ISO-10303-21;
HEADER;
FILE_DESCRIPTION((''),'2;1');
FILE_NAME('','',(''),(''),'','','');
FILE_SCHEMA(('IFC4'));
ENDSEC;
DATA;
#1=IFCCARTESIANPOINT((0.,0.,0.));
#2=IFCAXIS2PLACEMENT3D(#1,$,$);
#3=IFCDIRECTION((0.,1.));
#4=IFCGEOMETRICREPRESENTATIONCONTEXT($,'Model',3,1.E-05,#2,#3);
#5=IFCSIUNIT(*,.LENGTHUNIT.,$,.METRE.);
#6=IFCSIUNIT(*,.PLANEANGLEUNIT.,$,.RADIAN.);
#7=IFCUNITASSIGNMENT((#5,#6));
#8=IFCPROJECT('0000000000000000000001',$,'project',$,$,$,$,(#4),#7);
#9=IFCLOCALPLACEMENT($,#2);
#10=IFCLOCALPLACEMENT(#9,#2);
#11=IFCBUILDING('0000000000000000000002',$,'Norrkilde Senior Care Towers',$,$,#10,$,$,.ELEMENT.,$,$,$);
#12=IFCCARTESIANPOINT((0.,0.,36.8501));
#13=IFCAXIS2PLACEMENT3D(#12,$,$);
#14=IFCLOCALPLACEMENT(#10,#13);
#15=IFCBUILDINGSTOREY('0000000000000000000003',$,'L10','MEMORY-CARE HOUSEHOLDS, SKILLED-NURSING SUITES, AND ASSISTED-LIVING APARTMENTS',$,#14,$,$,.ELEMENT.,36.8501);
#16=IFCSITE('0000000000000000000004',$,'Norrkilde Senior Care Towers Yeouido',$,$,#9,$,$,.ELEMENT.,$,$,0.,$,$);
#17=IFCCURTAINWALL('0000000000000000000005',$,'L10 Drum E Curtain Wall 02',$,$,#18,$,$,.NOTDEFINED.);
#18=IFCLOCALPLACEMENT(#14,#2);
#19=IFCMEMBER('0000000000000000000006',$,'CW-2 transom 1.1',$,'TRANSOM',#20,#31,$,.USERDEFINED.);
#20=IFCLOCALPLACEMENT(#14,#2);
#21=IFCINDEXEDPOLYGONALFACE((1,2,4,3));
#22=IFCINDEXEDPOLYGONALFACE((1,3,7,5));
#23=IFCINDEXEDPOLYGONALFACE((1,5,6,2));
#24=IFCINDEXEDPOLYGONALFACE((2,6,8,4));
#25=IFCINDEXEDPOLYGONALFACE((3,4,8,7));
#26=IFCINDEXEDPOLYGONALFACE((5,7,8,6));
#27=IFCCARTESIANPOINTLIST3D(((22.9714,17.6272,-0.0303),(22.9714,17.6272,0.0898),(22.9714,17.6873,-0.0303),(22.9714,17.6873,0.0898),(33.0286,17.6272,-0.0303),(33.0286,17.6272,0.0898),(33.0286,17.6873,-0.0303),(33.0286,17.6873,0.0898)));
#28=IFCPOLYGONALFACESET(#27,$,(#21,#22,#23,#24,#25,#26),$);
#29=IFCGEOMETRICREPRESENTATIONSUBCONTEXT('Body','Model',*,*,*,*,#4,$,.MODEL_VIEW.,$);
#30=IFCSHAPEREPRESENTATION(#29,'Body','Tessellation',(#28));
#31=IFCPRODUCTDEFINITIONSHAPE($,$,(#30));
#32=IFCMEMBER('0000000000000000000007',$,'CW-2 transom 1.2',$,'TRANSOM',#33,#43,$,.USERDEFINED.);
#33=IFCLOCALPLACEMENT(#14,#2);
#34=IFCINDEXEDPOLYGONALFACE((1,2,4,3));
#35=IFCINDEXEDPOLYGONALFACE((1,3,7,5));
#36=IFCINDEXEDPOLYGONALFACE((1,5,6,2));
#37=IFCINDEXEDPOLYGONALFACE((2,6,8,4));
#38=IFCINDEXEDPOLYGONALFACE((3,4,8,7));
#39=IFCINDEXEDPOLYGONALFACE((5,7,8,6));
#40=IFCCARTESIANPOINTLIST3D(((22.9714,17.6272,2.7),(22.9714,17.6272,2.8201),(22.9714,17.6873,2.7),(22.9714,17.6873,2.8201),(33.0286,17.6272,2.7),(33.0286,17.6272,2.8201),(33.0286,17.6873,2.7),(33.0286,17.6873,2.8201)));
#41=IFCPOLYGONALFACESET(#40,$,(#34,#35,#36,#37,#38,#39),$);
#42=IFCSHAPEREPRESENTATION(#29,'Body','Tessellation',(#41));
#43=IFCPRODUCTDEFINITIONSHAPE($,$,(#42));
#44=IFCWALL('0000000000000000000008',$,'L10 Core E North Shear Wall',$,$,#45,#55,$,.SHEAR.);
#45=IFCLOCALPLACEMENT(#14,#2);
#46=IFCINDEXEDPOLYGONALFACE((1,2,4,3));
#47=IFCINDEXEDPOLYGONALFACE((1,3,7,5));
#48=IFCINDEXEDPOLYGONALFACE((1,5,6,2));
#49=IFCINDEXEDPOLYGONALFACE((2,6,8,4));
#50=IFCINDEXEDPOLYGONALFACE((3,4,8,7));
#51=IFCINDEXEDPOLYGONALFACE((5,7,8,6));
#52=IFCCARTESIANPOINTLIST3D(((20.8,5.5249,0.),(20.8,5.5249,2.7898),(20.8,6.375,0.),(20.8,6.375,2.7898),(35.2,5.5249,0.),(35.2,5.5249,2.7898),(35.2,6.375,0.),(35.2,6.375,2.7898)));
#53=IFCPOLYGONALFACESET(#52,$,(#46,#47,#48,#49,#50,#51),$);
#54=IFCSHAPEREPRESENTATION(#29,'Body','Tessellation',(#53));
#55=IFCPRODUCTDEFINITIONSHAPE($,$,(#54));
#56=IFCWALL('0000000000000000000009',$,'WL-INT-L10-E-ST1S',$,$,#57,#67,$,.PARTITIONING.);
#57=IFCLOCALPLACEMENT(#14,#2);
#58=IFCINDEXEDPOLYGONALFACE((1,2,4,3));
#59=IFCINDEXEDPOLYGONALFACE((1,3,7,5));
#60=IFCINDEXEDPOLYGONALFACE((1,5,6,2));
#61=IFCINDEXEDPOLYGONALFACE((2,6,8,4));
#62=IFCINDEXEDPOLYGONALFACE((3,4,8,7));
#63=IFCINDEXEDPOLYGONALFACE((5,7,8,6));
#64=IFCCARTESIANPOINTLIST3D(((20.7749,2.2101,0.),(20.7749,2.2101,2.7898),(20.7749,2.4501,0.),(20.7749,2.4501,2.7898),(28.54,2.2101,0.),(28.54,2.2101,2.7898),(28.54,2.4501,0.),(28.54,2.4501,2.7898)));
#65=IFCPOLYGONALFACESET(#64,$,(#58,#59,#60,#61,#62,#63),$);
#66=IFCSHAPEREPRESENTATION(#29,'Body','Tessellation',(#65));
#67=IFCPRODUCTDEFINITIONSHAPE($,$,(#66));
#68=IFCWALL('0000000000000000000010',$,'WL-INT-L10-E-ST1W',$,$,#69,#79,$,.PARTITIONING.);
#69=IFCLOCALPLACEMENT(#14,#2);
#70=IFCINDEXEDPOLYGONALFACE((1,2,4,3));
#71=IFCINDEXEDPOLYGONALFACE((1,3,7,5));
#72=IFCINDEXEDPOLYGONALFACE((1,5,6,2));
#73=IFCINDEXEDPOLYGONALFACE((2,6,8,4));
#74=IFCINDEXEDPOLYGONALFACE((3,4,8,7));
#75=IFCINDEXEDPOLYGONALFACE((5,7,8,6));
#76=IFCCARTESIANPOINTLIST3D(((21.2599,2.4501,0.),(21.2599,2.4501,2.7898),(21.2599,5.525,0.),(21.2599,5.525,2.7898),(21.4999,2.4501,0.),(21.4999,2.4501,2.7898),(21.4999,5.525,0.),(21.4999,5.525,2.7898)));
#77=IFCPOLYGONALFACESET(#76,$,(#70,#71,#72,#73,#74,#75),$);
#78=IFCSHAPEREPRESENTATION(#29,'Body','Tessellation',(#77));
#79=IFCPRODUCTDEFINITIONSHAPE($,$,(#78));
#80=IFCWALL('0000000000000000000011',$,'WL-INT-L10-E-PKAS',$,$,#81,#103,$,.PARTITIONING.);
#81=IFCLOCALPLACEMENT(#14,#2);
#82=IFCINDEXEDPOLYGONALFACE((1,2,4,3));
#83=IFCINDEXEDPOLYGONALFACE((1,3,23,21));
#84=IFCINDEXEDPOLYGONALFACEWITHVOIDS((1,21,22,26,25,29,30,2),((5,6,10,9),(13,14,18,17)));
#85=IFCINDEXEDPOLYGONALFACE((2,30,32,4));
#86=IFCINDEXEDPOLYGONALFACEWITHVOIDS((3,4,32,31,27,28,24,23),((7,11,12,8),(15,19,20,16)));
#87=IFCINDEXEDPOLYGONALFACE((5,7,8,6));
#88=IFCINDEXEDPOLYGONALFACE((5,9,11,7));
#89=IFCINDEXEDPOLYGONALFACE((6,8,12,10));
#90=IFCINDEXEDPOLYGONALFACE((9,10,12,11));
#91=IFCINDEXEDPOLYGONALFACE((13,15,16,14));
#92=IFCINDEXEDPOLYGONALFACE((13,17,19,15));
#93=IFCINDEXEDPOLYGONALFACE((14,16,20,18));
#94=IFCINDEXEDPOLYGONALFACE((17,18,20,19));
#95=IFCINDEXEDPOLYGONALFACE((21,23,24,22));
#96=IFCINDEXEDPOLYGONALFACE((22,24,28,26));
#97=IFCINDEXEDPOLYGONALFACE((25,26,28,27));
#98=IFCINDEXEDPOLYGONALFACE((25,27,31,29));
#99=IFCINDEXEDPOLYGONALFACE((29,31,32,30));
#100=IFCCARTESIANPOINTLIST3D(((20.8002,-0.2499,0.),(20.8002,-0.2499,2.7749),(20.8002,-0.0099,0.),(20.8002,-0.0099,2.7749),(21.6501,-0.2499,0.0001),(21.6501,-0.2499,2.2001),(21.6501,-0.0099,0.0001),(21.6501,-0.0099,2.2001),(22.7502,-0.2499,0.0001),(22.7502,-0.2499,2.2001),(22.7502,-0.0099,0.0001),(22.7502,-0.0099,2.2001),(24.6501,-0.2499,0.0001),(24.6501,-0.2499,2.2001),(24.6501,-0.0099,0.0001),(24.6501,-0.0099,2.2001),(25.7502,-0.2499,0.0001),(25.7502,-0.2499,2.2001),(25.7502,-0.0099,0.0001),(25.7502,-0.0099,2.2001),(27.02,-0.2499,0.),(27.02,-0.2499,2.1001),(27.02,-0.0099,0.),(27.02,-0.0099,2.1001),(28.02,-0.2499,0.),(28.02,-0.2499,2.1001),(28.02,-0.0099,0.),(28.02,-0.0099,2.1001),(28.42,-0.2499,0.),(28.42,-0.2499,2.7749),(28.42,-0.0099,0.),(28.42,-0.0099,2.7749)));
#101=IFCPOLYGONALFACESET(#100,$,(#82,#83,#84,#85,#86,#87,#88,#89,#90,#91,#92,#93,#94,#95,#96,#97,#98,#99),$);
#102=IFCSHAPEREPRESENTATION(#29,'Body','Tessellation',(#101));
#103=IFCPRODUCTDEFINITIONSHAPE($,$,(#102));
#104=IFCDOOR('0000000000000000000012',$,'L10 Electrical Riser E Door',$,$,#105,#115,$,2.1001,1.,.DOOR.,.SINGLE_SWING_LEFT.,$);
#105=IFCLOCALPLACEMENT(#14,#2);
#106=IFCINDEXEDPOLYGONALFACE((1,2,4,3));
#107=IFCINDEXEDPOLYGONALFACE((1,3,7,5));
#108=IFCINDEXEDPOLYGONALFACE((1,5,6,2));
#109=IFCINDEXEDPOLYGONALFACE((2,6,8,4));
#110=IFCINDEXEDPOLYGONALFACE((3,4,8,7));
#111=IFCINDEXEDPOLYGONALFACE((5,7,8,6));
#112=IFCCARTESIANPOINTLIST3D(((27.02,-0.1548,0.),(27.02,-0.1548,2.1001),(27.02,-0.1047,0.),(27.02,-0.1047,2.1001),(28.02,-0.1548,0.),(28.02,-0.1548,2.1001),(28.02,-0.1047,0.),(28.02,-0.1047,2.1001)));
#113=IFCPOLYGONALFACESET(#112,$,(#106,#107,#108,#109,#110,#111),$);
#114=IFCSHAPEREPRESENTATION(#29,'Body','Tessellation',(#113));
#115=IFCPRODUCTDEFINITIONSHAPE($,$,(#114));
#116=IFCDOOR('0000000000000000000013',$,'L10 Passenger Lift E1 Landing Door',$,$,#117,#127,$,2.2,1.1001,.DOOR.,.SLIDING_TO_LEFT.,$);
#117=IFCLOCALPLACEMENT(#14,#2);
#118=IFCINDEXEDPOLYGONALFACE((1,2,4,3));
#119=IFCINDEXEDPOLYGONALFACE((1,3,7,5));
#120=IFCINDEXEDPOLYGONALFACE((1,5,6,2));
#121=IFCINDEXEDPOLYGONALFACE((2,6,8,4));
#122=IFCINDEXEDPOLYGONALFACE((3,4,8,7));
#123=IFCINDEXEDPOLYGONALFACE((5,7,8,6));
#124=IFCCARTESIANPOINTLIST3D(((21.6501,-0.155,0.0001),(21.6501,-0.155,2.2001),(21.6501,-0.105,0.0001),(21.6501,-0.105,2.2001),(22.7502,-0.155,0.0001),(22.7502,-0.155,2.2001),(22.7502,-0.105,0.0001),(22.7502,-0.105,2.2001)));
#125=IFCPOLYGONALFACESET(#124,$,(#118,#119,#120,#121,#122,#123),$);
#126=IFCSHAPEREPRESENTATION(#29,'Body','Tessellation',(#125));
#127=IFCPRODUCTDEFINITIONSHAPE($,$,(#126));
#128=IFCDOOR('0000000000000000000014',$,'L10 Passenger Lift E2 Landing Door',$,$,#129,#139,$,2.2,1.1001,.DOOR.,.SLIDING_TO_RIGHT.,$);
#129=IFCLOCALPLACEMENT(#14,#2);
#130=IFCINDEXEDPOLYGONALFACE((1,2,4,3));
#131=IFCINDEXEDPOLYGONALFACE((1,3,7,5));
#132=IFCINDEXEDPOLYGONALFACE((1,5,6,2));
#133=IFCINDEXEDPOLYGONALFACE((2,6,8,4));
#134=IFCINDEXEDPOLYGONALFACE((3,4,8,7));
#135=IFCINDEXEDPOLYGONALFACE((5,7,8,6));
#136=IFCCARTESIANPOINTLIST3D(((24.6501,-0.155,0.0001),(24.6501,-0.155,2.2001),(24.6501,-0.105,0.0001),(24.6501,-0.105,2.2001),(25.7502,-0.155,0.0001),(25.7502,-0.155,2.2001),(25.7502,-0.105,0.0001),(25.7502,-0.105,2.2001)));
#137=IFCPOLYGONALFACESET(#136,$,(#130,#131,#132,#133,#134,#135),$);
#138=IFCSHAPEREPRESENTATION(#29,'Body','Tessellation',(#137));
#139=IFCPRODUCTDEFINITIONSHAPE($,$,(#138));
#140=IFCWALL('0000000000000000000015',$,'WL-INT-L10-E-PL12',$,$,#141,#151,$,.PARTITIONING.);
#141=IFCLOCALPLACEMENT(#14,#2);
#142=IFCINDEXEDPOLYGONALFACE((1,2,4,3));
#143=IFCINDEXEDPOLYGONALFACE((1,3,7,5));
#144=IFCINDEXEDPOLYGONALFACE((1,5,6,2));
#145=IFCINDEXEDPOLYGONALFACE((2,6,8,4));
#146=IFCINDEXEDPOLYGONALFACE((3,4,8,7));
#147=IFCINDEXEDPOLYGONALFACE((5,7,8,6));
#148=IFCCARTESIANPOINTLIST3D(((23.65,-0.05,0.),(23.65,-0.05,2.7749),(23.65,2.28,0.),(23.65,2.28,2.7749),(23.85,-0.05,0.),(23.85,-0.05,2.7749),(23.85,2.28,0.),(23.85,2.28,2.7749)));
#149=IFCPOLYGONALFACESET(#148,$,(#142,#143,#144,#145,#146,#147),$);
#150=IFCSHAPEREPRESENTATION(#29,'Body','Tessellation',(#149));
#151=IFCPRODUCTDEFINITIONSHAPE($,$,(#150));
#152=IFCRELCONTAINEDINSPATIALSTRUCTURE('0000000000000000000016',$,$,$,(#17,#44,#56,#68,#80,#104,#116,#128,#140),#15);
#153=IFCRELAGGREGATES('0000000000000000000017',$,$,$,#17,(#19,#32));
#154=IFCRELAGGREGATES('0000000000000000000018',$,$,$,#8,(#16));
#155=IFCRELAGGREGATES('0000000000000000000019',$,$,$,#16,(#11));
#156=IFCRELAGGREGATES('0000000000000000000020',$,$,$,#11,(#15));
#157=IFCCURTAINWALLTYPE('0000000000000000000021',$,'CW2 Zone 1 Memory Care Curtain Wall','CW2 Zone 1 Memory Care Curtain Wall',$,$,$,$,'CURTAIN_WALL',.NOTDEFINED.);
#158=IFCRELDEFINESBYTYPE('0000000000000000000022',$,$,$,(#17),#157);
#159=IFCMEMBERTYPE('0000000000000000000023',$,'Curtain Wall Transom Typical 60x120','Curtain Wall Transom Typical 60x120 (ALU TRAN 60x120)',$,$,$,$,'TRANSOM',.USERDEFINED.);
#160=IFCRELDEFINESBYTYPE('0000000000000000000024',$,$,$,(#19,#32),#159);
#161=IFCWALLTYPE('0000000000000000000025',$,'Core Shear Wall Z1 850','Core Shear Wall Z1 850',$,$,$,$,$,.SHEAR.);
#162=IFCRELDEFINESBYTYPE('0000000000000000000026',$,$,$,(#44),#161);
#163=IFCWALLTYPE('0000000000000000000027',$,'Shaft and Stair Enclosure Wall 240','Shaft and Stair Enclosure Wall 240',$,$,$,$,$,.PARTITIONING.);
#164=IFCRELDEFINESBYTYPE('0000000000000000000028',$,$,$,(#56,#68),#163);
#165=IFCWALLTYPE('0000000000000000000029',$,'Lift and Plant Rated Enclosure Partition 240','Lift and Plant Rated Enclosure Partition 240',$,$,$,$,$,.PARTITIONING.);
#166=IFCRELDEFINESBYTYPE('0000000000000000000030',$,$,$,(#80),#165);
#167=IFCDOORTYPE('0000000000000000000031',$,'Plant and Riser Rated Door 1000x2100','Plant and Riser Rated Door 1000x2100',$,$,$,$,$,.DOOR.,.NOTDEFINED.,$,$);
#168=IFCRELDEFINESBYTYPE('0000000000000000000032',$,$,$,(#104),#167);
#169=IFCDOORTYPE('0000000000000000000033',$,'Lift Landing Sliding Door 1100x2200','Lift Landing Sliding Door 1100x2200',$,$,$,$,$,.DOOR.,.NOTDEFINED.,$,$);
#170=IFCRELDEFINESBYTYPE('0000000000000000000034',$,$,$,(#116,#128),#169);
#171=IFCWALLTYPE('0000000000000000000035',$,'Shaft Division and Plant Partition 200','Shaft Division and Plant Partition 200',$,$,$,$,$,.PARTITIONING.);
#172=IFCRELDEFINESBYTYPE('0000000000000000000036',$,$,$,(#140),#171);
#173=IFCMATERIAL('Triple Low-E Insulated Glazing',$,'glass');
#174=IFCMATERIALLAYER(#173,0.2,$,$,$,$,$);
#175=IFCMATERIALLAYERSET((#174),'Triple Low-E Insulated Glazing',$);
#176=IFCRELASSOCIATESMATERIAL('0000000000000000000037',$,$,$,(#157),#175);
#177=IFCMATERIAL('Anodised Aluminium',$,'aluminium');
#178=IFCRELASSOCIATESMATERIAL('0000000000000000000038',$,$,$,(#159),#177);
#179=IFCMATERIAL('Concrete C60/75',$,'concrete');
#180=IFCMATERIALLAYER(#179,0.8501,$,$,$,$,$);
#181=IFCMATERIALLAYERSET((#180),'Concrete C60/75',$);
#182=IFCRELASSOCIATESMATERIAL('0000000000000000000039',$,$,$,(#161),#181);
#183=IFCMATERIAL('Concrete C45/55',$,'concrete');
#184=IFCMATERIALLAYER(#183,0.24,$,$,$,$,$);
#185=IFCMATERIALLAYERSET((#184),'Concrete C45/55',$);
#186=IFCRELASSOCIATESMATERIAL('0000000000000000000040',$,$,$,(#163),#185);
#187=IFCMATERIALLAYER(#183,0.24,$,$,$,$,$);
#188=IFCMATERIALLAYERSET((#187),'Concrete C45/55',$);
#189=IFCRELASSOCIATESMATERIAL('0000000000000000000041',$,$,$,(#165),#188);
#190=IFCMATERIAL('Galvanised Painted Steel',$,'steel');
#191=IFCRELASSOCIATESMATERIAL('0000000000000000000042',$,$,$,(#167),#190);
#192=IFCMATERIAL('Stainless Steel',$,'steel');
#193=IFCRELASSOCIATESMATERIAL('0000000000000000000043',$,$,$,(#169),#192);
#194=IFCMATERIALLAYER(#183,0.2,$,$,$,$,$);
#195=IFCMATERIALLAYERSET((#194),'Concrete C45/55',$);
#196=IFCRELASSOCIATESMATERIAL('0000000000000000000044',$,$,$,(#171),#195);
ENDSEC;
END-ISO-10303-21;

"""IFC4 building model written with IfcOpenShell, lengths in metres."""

from ifc_helpers import new_model, si_unit, direction, frame, frame_2d, origin, origin_2d, place, context, subcontext, project, spatial, rectangle, extrude, source, transform, mapped, material, layer, layer_set, material_profile, profile_set, type_object, type_shapes, element, fill, aggregate, save


model = new_model("IFC4")

# Units and contexts
model_context = context("Model", 3, precision=1e-05, world=origin(), true_north=direction((0.0, 1.0)))
body_context = subcontext(model_context, "Body", "Model", "MODEL_VIEW")
ifc_project = project(units=[si_unit("LENGTHUNIT", "METRE"), si_unit("PLANEANGLEUNIT", "RADIAN")], contexts=[model_context])

# Site, building, storey
site_placement = place(None, origin())
site = spatial("IfcSite", under=ifc_project, at=site_placement, Name="Norrkilde Senior Care Towers Yeouido", CompositionType="ELEMENT", RefElevation=0.0)
building_placement = place(site_placement, origin())
building = spatial("IfcBuilding", under=site, at=building_placement, Name="Norrkilde Senior Care Towers", CompositionType="ELEMENT")
storey_placement = place(building_placement, frame((0.0, 0.0, 36.8501)))
storey = spatial("IfcBuildingStorey", under=building, at=storey_placement, Name="L10", Description="MEMORY-CARE HOUSEHOLDS, SKILLED-NURSING SUITES, AND ASSISTED-LIVING APARTMENTS", CompositionType="ELEMENT", Elevation=36.8501)

# Shared definitions
ifc_material_1 = material(Name="Concrete C60/75", Category="concrete")

# Curtain wall
ifc_material_2 = material(Name="Triple Low-E Insulated Glazing", Category="glass")
ifc_layer_1 = layer(ifc_material_2, 0.2)
ifc_layer_set_1 = layer_set([ifc_layer_1], Name="Triple Low-E Insulated Glazing")
curtain_wall_type = type_object("IfcCurtainWallType", Name="CW2 Zone 1 Memory Care Curtain Wall", Description="CW2 Zone 1 Memory Care Curtain Wall", ElementType="CURTAIN_WALL", PredefinedType="NOTDEFINED", material=ifc_layer_set_1)
curtain_wall_1_placement = place(storey_placement, origin())
curtain_wall_1 = element("IfcCurtainWall", 1, at=curtain_wall_1_placement, inside=storey, type_object=curtain_wall_type, Name="L10 Drum E Curtain Wall 02", PredefinedType="NOTDEFINED")
ifc_material_3 = material(Name="Anodised Aluminium", Category="aluminium")

# Members
ifc_material_profile_1 = material_profile(ifc_material_3, rectangle(XDim=0.0601, YDim=0.1201, at=origin_2d()), Name="ALU TRAN 60x120")
ifc_profile_set_1 = profile_set([ifc_material_profile_1], Name="Anodised Aluminium")
member_type_1 = type_object("IfcMemberType", Name="Curtain Wall Transom Typical 60x120", Description="Curtain Wall Transom Typical 60x120 (ALU TRAN 60x120)", ElementType="TRANSOM", PredefinedType="USERDEFINED", material=ifc_profile_set_1)
shared_shape_1 = source(origin(), body_context, "Body", "SweptSolid", [
    extrude(rectangle(XDim=0.0601, YDim=0.1201, at=origin_2d()), origin(), (0.0, 0.0, 1.0), 10.0571),
])
type_shapes(member_type_1, [shared_shape_1])
member_1_placement = place(storey_placement, frame((22.9714, 17.6572, 0.0298), z_axis=(1.0, 0.0, 0.0), x_axis=(0.0, 1.0, 0.0)))
member_1 = element("IfcMember", 2, at=member_1_placement, type_object=member_type_1, Name="CW-2 transom 1.1", ObjectType="TRANSOM", PredefinedType="USERDEFINED", context=body_context, shape_type="MappedRepresentation", body=[
    mapped(shared_shape_1, transform((0.0, 0.0, 0.0), x_axis=(1.0, 0.0, 0.0), y_axis=(0.0, 1.0, 0.0), z_axis=(0.0, 0.0, 1.0), scale=1.0)),
])
member_2_placement = place(storey_placement, frame((22.9714, 17.6572, 2.76), z_axis=(1.0, 0.0, 0.0), x_axis=(0.0, 1.0, 0.0)))
member_2 = element("IfcMember", 3, at=member_2_placement, type_object=member_type_1, Name="CW-2 transom 1.2", ObjectType="TRANSOM", PredefinedType="USERDEFINED", context=body_context, shape_type="MappedRepresentation", body=[
    mapped(shared_shape_1, transform((0.0, 0.0, 0.0), x_axis=(1.0, 0.0, 0.0), y_axis=(0.0, 1.0, 0.0), z_axis=(0.0, 0.0, 1.0), scale=1.0)),
])
aggregate(curtain_wall_1, [member_1, member_2])

# Walls
ifc_layer_2 = layer(ifc_material_1, 0.8501)
ifc_layer_set_2 = layer_set([ifc_layer_2], Name="Concrete C60/75")
wall_type_1 = type_object("IfcWallType", Name="Core Shear Wall Z1 850", Description="Core Shear Wall Z1 850", PredefinedType="SHEAR", material=ifc_layer_set_2)
shared_shape_2 = source(origin(), body_context, "Body", "SweptSolid", [
    extrude(rectangle(XDim=14.3999, YDim=0.8501, at=frame_2d((7.2, 0.0))), origin(), (0.0, 0.0, 1.0), 2.7898),
])
type_shapes(wall_type_1, [shared_shape_2])
wall_1_placement = place(storey_placement, frame((20.8, 5.95, 0.0), z_axis=(0.0, 0.0, 1.0), x_axis=(1.0, 0.0, 0.0)))
element("IfcWall", 4, at=wall_1_placement, inside=storey, type_object=wall_type_1, Name="L10 Core E North Shear Wall", PredefinedType="SHEAR", context=body_context, shape_type="MappedRepresentation", body=[
    mapped(shared_shape_2, transform((0.0, 0.0, 0.0), x_axis=(1.0, 0.0, 0.0), y_axis=(0.0, 1.0, 0.0), z_axis=(0.0, 0.0, 1.0), scale=1.0)),
])
ifc_material_4 = material(Name="Concrete C45/55", Category="concrete")
ifc_layer_3 = layer(ifc_material_4, 0.24)
ifc_layer_set_3 = layer_set([ifc_layer_3], Name="Concrete C45/55")
wall_type_2 = type_object("IfcWallType", Name="Shaft and Stair Enclosure Wall 240", Description="Shaft and Stair Enclosure Wall 240", PredefinedType="PARTITIONING", material=ifc_layer_set_3)
shared_shape_3 = source(origin(), body_context, "Body", "SweptSolid", [
    extrude(rectangle(XDim=7.7651, YDim=0.24, at=frame_2d((3.8826, 0.0))), origin(), (0.0, 0.0, 1.0), 2.7898),
])
wall_2_placement = place(storey_placement, frame((20.7749, 2.3301, 0.0), z_axis=(0.0, 0.0, 1.0), x_axis=(1.0, 0.0, 0.0)))
element("IfcWall", 5, at=wall_2_placement, inside=storey, type_object=wall_type_2, Name="WL-INT-L10-E-ST1S", PredefinedType="PARTITIONING", context=body_context, shape_type="MappedRepresentation", body=[
    mapped(shared_shape_3, transform((0.0, 0.0, 0.0), x_axis=(1.0, 0.0, 0.0), y_axis=(0.0, 1.0, 0.0), z_axis=(0.0, 0.0, 1.0), scale=1.0)),
])
shared_shape_4 = source(origin(), body_context, "Body", "SweptSolid", [
    extrude(rectangle(XDim=3.075, YDim=0.24, at=frame_2d((1.5376, 0.0))), origin(), (0.0, 0.0, 1.0), 2.7898),
])
type_shapes(wall_type_2, [shared_shape_3, shared_shape_4])
wall_3_placement = place(storey_placement, frame((21.3799, 2.45, 0.0), z_axis=(0.0, 0.0, 1.0), x_axis=(0.0, 1.0, 0.0)))
element("IfcWall", 6, at=wall_3_placement, inside=storey, type_object=wall_type_2, Name="WL-INT-L10-E-ST1W", PredefinedType="PARTITIONING", context=body_context, shape_type="MappedRepresentation", body=[
    mapped(shared_shape_4, transform((0.0, 0.0, 0.0), x_axis=(1.0, 0.0, 0.0), y_axis=(0.0, 1.0, 0.0), z_axis=(0.0, 0.0, 1.0), scale=1.0)),
])

# Wall, openings, doors
ifc_layer_4 = layer(ifc_material_4, 0.24)
ifc_layer_set_4 = layer_set([ifc_layer_4], Name="Concrete C45/55")
wall_type_3 = type_object("IfcWallType", Name="Lift and Plant Rated Enclosure Partition 240", Description="Lift and Plant Rated Enclosure Partition 240", PredefinedType="PARTITIONING", material=ifc_layer_set_4)
shared_shape_5 = source(origin(), body_context, "Body", "SweptSolid", [
    extrude(rectangle(XDim=7.6199, YDim=0.24, at=frame_2d((3.8101, 0.0))), origin(), (0.0, 0.0, 1.0), 2.7749),
])
type_shapes(wall_type_3, [shared_shape_5])
wall_4_placement = place(storey_placement, frame((20.8, -0.1299, 0.0), z_axis=(0.0, 0.0, 1.0), x_axis=(1.0, 0.0, 0.0)))
wall_4 = element("IfcWall", 7, at=wall_4_placement, inside=storey, type_object=wall_type_3, Name="WL-INT-L10-E-PKAS", PredefinedType="PARTITIONING", context=body_context, shape_type="MappedRepresentation", body=[
    mapped(shared_shape_5, transform((0.0, 0.0, 0.0), x_axis=(1.0, 0.0, 0.0), y_axis=(0.0, 1.0, 0.0), z_axis=(0.0, 0.0, 1.0), scale=1.0)),
])
opening_1_placement = place(wall_4_placement, frame((6.22, 0.0, 0.0)))
opening_1 = element("IfcOpeningElement", 8, at=opening_1_placement, cuts=wall_4, PredefinedType="OPENING", context=body_context, shape_type="SweptSolid", body=[
    extrude(rectangle(XDim=1.0, YDim=2.1001, at=frame_2d((0.5, 1.05))), frame((0.0, 0.1299, 0.0), z_axis=(0.0, -1.0, 0.0), x_axis=(1.0, 0.0, 0.0)), (0.0, 0.0, 1.0), 0.26),
])
opening_2_placement = place(wall_4_placement, frame((0.8501, 0.0, 0.0)))
opening_2 = element("IfcOpeningElement", 9, at=opening_2_placement, cuts=wall_4, PredefinedType="OPENING", context=body_context, shape_type="SweptSolid", body=[
    extrude(rectangle(XDim=1.1001, YDim=2.2, at=frame_2d((0.55, 1.1001))), frame((0.0, 0.1299, 0.0), z_axis=(0.0, -1.0, 0.0), x_axis=(1.0, 0.0, 0.0)), (0.0, 0.0, 1.0), 0.26),
])
opening_3_placement = place(wall_4_placement, frame((3.8501, 0.0, 0.0)))
opening_3 = element("IfcOpeningElement", 10, at=opening_3_placement, cuts=wall_4, PredefinedType="OPENING", context=body_context, shape_type="SweptSolid", body=[
    extrude(rectangle(XDim=1.1001, YDim=2.2, at=frame_2d((0.55, 1.1001))), frame((0.0, 0.1299, 0.0), z_axis=(0.0, -1.0, 0.0), x_axis=(1.0, 0.0, 0.0)), (0.0, 0.0, 1.0), 0.26),
])
ifc_material_5 = material(Name="Galvanised Painted Steel", Category="steel")
door_type_1 = type_object("IfcDoorType", Name="Plant and Riser Rated Door 1000x2100", Description="Plant and Riser Rated Door 1000x2100", OperationType="NOTDEFINED", PredefinedType="DOOR", material=ifc_material_5)
shared_shape_6 = source(origin(), body_context, "Body", "SweptSolid", [
    extrude(rectangle(XDim=1.0, YDim=2.1001, at=frame_2d((0.5, 1.05))), frame((0.0, 0.0249, 0.0), z_axis=(0.0, -1.0, 0.0), x_axis=(1.0, 0.0, 0.0)), (0.0, 0.0, 1.0), 0.05),
])
type_shapes(door_type_1, [shared_shape_6])
door_1_placement = place(opening_1_placement, frame((1.0, 0.0, 0.0), z_axis=(0.0, 0.0, 1.0), x_axis=(-1.0, 0.0, 0.0)))
door_1 = element("IfcDoor", 11, at=door_1_placement, inside=storey, type_object=door_type_1, Name="L10 Electrical Riser E Door", OperationType="SINGLE_SWING_LEFT", OverallHeight=2.1001, OverallWidth=1.0, PredefinedType="DOOR", context=body_context, shape_type="MappedRepresentation", body=[
    mapped(shared_shape_6, transform((0.0, 0.0, 0.0), x_axis=(1.0, 0.0, 0.0), y_axis=(0.0, 1.0, 0.0), z_axis=(0.0, 0.0, 1.0), scale=1.0)),
])
fill(opening_1, door_1)
ifc_material_6 = material(Name="Stainless Steel", Category="steel")
door_type_2 = type_object("IfcDoorType", Name="Lift Landing Sliding Door 1100x2200", Description="Lift Landing Sliding Door 1100x2200", OperationType="NOTDEFINED", PredefinedType="DOOR", material=ifc_material_6)
shared_shape_7 = source(origin(), body_context, "Body", "SweptSolid", [
    extrude(rectangle(XDim=1.1001, YDim=2.2, at=frame_2d((0.55, 1.1001))), frame((0.0, 0.0249, 0.0), z_axis=(0.0, -1.0, 0.0), x_axis=(1.0, 0.0, 0.0)), (0.0, 0.0, 1.0), 0.05),
])
type_shapes(door_type_2, [shared_shape_7])
door_2_placement = place(opening_2_placement, origin())
door_2 = element("IfcDoor", 12, at=door_2_placement, inside=storey, type_object=door_type_2, Name="L10 Passenger Lift E1 Landing Door", OperationType="SLIDING_TO_LEFT", OverallHeight=2.2, OverallWidth=1.1001, PredefinedType="DOOR", context=body_context, shape_type="MappedRepresentation", body=[
    mapped(shared_shape_7, transform((0.0, 0.0, 0.0), x_axis=(1.0, 0.0, 0.0), y_axis=(0.0, 1.0, 0.0), z_axis=(0.0, 0.0, 1.0), scale=1.0)),
])
fill(opening_2, door_2)
door_3_placement = place(opening_3_placement, origin())
door_3 = element("IfcDoor", 13, at=door_3_placement, inside=storey, type_object=door_type_2, Name="L10 Passenger Lift E2 Landing Door", OperationType="SLIDING_TO_RIGHT", OverallHeight=2.2, OverallWidth=1.1001, PredefinedType="DOOR", context=body_context, shape_type="MappedRepresentation", body=[
    mapped(shared_shape_7, transform((0.0, 0.0, 0.0), x_axis=(1.0, 0.0, 0.0), y_axis=(0.0, 1.0, 0.0), z_axis=(0.0, 0.0, 1.0), scale=1.0)),
])
fill(opening_3, door_3)

# Wall
ifc_layer_5 = layer(ifc_material_4, 0.2)
ifc_layer_set_5 = layer_set([ifc_layer_5], Name="Concrete C45/55")
wall_type_4 = type_object("IfcWallType", Name="Shaft Division and Plant Partition 200", Description="Shaft Division and Plant Partition 200", PredefinedType="PARTITIONING", material=ifc_layer_set_5)
shared_shape_8 = source(origin(), body_context, "Body", "SweptSolid", [
    extrude(rectangle(XDim=2.3301, YDim=0.2, at=frame_2d((1.165, 0.0))), origin(), (0.0, 0.0, 1.0), 2.7749),
])
type_shapes(wall_type_4, [shared_shape_8])
wall_5_placement = place(storey_placement, frame((23.75, -0.05, 0.0), z_axis=(0.0, 0.0, 1.0), x_axis=(0.0, 1.0, 0.0)))
element("IfcWall", 14, at=wall_5_placement, inside=storey, type_object=wall_type_4, Name="WL-INT-L10-E-PL12", PredefinedType="PARTITIONING", context=body_context, shape_type="MappedRepresentation", body=[
    mapped(shared_shape_8, transform((0.0, 0.0, 0.0), x_axis=(1.0, 0.0, 0.0), y_axis=(0.0, 1.0, 0.0), z_axis=(0.0, 0.0, 1.0), scale=1.0)),
])

save(model, "model.ifc")
